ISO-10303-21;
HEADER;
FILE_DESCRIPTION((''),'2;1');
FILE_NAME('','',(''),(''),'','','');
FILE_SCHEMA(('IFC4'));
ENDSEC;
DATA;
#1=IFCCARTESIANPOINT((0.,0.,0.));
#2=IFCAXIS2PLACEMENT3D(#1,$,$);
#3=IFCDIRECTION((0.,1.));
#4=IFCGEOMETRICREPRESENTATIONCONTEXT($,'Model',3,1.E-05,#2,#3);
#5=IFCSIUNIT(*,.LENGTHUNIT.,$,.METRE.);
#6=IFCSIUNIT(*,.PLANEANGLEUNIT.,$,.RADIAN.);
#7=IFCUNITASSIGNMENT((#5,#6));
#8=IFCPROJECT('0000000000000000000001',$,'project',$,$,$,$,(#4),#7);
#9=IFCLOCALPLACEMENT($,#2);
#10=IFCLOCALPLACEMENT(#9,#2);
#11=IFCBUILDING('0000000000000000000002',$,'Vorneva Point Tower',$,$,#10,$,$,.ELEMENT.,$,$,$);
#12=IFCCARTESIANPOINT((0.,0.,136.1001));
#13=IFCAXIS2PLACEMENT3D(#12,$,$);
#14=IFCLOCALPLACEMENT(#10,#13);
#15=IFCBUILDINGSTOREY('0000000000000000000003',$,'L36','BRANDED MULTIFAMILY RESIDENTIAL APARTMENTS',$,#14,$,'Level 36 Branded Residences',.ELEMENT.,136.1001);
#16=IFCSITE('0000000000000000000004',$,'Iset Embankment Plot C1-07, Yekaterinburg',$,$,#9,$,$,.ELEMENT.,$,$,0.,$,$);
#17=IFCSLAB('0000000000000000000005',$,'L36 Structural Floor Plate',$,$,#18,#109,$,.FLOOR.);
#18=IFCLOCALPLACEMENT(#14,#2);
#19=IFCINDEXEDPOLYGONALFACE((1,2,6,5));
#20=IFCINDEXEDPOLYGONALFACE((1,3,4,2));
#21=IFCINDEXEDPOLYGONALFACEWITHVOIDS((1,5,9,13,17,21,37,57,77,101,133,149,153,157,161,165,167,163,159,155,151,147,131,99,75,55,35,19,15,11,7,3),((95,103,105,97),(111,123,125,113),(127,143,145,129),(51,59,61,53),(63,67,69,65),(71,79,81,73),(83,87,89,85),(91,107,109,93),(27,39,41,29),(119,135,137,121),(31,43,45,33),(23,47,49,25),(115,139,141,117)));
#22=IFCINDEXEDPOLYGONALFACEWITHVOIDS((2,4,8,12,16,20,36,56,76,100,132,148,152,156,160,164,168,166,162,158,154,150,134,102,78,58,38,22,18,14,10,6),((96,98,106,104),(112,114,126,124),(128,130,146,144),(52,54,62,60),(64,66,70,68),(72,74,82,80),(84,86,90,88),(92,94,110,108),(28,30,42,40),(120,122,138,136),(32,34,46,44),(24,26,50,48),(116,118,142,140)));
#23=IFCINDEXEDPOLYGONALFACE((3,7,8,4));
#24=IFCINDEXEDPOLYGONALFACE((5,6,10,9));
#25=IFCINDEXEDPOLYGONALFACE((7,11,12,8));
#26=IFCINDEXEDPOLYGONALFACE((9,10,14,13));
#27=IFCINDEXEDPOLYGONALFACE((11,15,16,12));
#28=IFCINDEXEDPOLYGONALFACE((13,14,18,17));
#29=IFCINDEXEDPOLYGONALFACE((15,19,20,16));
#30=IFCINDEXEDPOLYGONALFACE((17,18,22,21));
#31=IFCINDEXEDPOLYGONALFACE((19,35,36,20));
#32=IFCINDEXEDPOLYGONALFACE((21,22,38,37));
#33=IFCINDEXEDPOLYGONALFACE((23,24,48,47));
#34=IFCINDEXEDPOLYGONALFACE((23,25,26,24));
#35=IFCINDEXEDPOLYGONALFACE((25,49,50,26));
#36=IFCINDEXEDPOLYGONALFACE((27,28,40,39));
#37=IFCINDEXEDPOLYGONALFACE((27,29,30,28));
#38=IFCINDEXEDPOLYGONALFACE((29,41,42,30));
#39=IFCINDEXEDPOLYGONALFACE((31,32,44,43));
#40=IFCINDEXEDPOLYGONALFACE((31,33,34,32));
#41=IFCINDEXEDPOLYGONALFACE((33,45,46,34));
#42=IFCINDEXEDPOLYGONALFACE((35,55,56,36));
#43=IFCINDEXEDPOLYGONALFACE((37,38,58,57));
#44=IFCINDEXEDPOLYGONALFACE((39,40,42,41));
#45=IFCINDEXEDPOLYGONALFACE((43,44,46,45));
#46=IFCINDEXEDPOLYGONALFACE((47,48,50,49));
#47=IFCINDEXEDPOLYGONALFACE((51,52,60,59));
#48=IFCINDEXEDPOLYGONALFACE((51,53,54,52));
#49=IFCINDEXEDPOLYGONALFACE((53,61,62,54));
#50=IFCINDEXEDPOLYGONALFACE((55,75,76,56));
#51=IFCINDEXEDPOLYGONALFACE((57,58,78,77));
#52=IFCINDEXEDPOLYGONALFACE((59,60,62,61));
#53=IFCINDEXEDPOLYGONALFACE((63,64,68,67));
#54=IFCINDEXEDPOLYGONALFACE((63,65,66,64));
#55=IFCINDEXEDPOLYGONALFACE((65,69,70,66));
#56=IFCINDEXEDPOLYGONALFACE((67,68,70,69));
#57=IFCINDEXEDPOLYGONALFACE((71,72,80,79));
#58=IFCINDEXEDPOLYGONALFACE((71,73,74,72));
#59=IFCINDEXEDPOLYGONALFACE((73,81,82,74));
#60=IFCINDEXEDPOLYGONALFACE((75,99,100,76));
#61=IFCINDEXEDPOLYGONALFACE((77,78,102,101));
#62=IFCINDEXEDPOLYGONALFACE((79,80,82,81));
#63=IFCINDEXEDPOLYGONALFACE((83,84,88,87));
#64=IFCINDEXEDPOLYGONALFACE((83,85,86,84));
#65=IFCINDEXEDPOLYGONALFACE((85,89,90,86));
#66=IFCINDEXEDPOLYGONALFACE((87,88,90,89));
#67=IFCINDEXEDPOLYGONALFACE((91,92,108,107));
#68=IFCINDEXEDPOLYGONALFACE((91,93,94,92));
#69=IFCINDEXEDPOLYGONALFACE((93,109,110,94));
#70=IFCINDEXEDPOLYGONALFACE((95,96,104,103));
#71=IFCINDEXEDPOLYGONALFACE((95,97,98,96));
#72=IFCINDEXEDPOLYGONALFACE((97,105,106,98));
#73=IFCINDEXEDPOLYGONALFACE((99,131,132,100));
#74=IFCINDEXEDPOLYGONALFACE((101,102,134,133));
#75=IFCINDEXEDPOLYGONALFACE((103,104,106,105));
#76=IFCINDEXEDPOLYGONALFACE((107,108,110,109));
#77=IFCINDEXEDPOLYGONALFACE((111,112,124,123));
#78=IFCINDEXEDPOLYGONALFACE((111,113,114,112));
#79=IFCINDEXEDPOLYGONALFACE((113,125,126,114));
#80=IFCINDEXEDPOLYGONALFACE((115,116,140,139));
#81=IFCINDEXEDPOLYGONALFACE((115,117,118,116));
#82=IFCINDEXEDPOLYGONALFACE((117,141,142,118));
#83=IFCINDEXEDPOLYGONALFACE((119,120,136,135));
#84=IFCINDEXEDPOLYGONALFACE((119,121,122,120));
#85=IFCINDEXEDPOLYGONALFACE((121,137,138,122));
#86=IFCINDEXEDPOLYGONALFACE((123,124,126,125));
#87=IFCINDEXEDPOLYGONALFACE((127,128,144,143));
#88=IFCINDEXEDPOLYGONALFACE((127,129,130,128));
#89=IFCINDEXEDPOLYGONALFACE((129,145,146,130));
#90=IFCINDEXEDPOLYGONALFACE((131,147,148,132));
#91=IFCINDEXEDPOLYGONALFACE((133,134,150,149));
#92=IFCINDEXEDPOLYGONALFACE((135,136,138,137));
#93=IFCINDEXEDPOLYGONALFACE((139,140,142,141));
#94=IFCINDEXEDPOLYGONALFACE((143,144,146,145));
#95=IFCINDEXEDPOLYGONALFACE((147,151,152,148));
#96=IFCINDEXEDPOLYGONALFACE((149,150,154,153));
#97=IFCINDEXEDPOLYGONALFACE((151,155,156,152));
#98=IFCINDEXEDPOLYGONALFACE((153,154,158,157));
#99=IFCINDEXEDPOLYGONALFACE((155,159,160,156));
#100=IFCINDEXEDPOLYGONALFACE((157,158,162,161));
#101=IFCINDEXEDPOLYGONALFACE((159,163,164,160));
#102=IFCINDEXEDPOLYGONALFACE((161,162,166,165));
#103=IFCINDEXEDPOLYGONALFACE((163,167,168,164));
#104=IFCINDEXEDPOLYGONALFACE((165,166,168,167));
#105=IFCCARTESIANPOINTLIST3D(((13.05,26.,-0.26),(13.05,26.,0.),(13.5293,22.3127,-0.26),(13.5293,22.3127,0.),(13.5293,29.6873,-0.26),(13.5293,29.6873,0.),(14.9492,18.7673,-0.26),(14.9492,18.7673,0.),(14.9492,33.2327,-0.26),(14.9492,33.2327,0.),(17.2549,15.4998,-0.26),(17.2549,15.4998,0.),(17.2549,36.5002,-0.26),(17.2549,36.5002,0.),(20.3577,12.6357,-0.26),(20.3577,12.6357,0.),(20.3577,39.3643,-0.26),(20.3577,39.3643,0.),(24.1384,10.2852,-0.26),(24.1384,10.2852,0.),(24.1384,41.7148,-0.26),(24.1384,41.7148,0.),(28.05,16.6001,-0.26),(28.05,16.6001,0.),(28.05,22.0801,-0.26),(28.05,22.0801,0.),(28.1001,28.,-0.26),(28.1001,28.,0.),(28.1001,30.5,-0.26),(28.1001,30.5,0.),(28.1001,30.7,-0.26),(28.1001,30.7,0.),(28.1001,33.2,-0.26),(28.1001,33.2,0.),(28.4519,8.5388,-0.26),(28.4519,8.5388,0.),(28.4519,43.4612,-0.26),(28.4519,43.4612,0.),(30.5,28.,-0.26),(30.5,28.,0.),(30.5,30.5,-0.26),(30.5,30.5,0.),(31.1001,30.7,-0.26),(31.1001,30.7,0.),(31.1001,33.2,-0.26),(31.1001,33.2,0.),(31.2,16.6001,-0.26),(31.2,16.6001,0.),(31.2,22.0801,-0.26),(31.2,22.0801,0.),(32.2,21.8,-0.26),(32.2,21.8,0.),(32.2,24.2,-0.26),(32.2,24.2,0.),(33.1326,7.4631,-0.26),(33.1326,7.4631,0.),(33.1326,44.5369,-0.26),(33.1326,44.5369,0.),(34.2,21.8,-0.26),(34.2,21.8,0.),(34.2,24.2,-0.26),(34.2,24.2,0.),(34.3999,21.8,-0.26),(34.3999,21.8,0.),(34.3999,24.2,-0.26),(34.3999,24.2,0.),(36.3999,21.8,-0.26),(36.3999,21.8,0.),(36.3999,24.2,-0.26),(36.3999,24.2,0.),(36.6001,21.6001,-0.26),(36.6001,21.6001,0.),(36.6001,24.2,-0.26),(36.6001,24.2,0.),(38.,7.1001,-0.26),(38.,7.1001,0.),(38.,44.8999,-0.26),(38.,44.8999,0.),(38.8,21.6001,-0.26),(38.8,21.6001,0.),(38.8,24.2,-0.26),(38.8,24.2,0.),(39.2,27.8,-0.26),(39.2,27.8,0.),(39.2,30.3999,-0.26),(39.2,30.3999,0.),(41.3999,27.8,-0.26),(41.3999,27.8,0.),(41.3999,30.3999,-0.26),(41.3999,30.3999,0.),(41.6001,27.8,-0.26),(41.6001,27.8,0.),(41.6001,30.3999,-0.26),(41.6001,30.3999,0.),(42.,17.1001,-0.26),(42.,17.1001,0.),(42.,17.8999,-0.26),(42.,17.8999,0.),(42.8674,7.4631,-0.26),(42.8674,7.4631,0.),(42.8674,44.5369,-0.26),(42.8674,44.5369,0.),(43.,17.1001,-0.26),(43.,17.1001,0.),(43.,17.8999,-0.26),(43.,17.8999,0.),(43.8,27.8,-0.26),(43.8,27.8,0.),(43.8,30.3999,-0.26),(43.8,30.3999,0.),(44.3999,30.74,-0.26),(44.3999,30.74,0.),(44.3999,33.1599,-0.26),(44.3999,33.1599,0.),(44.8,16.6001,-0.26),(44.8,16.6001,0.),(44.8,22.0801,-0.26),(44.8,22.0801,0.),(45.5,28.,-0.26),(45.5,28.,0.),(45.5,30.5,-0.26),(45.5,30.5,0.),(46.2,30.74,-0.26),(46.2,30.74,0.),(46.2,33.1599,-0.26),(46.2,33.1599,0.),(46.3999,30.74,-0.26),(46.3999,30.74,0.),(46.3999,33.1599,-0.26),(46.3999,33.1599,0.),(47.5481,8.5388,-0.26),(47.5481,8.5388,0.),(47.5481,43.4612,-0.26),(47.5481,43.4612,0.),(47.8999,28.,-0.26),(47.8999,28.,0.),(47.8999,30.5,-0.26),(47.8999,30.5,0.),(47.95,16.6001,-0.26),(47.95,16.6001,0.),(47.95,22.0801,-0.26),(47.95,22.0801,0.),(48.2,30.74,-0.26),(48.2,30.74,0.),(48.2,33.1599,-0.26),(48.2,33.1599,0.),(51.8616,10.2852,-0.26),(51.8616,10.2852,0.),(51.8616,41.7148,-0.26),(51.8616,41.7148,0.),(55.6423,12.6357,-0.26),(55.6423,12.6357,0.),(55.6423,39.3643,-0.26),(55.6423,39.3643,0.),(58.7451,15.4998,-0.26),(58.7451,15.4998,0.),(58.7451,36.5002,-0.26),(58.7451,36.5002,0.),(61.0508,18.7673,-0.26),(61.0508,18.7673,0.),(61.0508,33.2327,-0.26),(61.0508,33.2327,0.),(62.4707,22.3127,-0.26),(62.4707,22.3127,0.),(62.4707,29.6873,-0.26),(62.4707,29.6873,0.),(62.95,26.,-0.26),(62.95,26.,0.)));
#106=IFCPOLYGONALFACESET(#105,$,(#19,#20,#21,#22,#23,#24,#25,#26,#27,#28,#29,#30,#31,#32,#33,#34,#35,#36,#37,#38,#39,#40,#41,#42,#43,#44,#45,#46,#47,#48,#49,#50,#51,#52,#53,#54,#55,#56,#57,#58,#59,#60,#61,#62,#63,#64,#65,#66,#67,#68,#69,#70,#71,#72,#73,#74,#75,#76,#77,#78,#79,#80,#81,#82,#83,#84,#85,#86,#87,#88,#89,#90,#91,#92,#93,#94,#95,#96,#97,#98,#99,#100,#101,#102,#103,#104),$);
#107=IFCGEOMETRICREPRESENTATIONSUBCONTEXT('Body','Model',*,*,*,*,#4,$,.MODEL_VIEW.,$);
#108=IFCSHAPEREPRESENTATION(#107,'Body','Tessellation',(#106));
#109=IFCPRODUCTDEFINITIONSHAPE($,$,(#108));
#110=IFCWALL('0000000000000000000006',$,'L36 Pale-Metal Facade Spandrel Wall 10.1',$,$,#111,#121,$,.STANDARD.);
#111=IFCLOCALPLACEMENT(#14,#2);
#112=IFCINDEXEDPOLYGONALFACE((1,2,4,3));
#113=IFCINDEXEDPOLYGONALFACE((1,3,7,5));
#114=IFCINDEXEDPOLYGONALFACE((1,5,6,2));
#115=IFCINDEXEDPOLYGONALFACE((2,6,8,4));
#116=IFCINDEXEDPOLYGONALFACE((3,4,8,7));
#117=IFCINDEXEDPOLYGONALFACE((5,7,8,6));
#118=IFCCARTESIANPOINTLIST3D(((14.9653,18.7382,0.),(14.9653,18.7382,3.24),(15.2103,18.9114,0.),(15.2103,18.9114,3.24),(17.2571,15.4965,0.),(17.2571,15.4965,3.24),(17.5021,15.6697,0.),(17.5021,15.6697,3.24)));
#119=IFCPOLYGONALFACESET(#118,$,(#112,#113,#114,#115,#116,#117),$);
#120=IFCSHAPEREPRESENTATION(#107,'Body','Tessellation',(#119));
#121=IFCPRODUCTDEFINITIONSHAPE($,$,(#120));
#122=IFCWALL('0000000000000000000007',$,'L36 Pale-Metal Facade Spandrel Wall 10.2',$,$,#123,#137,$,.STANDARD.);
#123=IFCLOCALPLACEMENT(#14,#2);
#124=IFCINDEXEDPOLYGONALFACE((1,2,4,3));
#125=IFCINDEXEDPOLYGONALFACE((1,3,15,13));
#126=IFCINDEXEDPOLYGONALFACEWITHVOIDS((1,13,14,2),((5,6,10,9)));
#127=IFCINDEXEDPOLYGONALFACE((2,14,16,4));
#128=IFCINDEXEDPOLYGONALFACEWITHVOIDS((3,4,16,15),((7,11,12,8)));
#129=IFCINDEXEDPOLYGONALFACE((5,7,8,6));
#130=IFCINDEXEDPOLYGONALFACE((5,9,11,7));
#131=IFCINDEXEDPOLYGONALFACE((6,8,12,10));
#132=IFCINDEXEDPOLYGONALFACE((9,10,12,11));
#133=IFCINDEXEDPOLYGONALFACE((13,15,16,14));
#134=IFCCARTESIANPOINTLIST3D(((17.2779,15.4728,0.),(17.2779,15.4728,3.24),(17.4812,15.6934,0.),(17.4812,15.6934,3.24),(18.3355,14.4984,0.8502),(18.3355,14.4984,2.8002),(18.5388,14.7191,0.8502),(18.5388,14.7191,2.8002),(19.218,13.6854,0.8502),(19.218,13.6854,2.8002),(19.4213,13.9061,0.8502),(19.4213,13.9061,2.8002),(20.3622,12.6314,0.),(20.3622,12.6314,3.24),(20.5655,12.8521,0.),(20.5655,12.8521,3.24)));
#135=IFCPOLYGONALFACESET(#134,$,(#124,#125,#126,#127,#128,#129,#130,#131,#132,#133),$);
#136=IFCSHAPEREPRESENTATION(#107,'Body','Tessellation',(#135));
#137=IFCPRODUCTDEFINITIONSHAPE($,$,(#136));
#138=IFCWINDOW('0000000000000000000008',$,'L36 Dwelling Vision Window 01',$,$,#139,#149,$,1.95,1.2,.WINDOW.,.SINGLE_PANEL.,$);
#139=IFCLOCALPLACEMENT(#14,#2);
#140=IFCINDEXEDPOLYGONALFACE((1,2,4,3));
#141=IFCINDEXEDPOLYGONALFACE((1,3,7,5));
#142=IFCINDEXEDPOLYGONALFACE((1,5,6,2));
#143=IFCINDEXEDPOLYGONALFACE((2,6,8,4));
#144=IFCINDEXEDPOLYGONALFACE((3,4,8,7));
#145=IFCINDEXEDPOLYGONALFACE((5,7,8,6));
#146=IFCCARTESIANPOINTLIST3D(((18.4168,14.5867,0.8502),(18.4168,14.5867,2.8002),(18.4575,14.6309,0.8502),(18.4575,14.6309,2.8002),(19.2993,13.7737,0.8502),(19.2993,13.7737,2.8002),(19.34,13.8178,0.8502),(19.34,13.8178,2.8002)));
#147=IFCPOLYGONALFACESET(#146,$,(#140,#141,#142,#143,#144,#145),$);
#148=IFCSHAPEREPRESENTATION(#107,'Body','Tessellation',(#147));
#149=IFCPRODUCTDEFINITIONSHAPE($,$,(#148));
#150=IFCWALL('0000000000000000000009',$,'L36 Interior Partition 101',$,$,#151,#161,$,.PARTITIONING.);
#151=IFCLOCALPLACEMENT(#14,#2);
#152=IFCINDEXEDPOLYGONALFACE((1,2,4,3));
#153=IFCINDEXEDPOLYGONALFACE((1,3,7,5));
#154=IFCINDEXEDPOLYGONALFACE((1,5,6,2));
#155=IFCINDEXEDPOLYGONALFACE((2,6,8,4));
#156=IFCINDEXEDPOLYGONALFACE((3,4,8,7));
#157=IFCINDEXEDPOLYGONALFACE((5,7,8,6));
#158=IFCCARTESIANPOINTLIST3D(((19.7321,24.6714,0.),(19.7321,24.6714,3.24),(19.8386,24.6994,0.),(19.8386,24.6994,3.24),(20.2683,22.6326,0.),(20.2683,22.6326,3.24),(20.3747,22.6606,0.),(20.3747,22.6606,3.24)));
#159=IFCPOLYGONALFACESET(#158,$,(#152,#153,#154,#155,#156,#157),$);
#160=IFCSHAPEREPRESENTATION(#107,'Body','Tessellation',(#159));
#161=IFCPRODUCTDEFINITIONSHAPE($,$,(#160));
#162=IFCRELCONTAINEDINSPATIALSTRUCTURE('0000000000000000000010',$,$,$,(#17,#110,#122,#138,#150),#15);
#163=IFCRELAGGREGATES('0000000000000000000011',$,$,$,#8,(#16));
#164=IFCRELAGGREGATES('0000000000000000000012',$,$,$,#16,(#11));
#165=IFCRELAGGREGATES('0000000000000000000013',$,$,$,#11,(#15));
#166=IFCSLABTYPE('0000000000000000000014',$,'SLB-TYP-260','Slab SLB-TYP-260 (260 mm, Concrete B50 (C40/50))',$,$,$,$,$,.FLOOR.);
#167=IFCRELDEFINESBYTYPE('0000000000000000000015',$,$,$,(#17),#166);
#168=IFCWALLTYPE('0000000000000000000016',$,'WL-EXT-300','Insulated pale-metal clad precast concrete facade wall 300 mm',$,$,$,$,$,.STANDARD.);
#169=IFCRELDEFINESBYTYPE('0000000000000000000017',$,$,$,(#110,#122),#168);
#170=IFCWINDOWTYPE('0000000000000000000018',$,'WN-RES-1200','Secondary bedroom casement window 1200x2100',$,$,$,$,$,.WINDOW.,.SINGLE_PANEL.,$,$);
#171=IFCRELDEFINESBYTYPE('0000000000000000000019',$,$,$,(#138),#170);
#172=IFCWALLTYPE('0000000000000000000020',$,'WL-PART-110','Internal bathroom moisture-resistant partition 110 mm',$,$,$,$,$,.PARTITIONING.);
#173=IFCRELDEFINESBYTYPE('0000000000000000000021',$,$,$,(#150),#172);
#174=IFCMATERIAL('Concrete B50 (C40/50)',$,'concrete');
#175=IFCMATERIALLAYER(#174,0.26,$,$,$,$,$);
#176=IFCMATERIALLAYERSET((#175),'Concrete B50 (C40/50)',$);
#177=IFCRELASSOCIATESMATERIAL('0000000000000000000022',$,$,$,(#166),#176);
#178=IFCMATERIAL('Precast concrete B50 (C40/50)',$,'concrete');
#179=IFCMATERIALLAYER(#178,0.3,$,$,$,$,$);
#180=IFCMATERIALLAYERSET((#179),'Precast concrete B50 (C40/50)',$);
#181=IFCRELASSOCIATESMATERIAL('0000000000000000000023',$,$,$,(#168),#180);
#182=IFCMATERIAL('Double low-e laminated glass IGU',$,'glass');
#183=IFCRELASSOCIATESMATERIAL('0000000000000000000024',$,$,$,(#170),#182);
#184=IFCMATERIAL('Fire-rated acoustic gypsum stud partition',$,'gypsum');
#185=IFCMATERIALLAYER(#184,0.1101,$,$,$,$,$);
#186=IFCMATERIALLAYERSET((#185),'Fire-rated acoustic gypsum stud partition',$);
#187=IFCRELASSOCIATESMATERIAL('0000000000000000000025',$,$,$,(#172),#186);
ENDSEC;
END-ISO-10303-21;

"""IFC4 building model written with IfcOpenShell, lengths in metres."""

from ifc_helpers import new_model, si_unit, direction, frame, frame_2d, origin, place, context, subcontext, project, spatial, polyline, rectangle, outline, extrude, material, layer, layer_set, type_object, element, fill, save


model = new_model("IFC4")

# Units and contexts
model_context = context("Model", 3, precision=1e-05, world=origin(), true_north=direction((0.0, 1.0)))
body_context = subcontext(model_context, "Body", "Model", "MODEL_VIEW")
ifc_project = project(units=[si_unit("LENGTHUNIT", "METRE"), si_unit("PLANEANGLEUNIT", "RADIAN")], contexts=[model_context])

# Site, building, storey
site_placement = place(None, origin())
site = spatial("IfcSite", under=ifc_project, at=site_placement, Name="Iset Embankment Plot C1-07, Yekaterinburg", CompositionType="ELEMENT", RefElevation=0.0)
building_placement = place(site_placement, origin())
building = spatial("IfcBuilding", under=site, at=building_placement, Name="Vorneva Point Tower", CompositionType="ELEMENT")
storey_placement = place(building_placement, frame((0.0, 0.0, 136.1001)))
storey = spatial("IfcBuildingStorey", under=building, at=storey_placement, Name="L36", Description="BRANDED MULTIFAMILY RESIDENTIAL APARTMENTS", LongName="Level 36 Branded Residences", CompositionType="ELEMENT", Elevation=136.1001)

# Shared definitions
ifc_material_1 = material(Name="Double low-e laminated glass IGU", Category="glass")

# Shared definitions
ifc_material_2 = material(Name="Concrete B50 (C40/50)", Category="concrete")

# Slab
ifc_layer_1 = layer(ifc_material_2, 0.26)
ifc_layer_set_1 = layer_set([ifc_layer_1], Name="Concrete B50 (C40/50)")
slab_type_1 = type_object("IfcSlabType", Name="SLB-TYP-260", Description="Slab SLB-TYP-260 (260 mm, Concrete B50 (C40/50))", PredefinedType="FLOOR", material=ifc_layer_set_1)
slab_1_placement = place(storey_placement, frame((0.0, 0.0, -0.26)))
element("IfcSlab", 1, at=slab_1_placement, inside=storey, type_object=slab_type_1, Name="L36 Structural Floor Plate", PredefinedType="FLOOR", context=body_context, shape_type="SweptSolid", body=[
    extrude(outline(polyline([(62.95, 26.0), (62.4707, 29.6873), (61.0508, 33.2327), (58.7451, 36.5002), (55.6423, 39.3643), (51.8616, 41.7148), (47.5481, 43.4612), (42.8674, 44.5369), (38.0, 44.8999), (33.1326, 44.5369), (28.4519, 43.4612), (24.1384, 41.7148), (20.3577, 39.3643), (17.2549, 36.5002), (14.9492, 33.2327), (13.5293, 29.6873), (13.05, 26.0), (13.5293, 22.3127), (14.9492, 18.7673), (17.2549, 15.4998), (20.3577, 12.6357), (24.1384, 10.2852), (28.4519, 8.5388), (33.1326, 7.4631), (38.0, 7.1001), (42.8674, 7.4631), (47.5481, 8.5388), (51.8616, 10.2852), (55.6423, 12.6357), (58.7451, 15.4998), (61.0508, 18.7673), (62.4707, 22.3127), (62.95, 26.0)]), holes=[polyline([(32.2, 21.8), (34.2, 21.8), (34.2, 24.2), (32.2, 24.2), (32.2, 21.8)]), polyline([(34.3999, 21.8), (36.3999, 21.8), (36.3999, 24.2), (34.3999, 24.2), (34.3999, 21.8)]), polyline([(36.6001, 21.6001), (38.8, 21.6001), (38.8, 24.2), (36.6001, 24.2), (36.6001, 21.6001)]), polyline([(39.2, 27.8), (41.3999, 27.8), (41.3999, 30.3999), (39.2, 30.3999), (39.2, 27.8)]), polyline([(41.6001, 27.8), (43.8, 27.8), (43.8, 30.3999), (41.6001, 30.3999), (41.6001, 27.8)]), polyline([(44.3999, 30.74), (46.2, 30.74), (46.2, 33.1599), (44.3999, 33.1599), (44.3999, 30.74)]), polyline([(46.3999, 30.74), (48.2, 30.74), (48.2, 33.1599), (46.3999, 33.1599), (46.3999, 30.74)]), polyline([(28.1001, 28.0), (30.5, 28.0), (30.5, 30.5), (28.1001, 30.5), (28.1001, 28.0)]), polyline([(45.5, 28.0), (47.8999, 28.0), (47.8999, 30.5), (45.5, 30.5), (45.5, 28.0)]), polyline([(28.1001, 30.7), (31.1001, 30.7), (31.1001, 33.2), (28.1001, 33.2), (28.1001, 30.7)]), polyline([(28.05, 16.6001), (31.2, 16.6001), (31.2, 22.0801), (28.05, 22.0801), (28.05, 16.6001)]), polyline([(44.8, 16.6001), (47.95, 16.6001), (47.95, 22.0801), (44.8, 22.0801), (44.8, 16.6001)]), polyline([(42.0, 17.1001), (43.0, 17.1001), (43.0, 17.8999), (42.0, 17.8999), (42.0, 17.1001)])]), origin(), (0.0, 0.0, 1.0), 0.26),
])

# Wall
ifc_material_3 = material(Name="Precast concrete B50 (C40/50)", Category="concrete")
ifc_layer_2 = layer(ifc_material_3, 0.3)
ifc_layer_set_2 = layer_set([ifc_layer_2], Name="Precast concrete B50 (C40/50)")
wall_type_1 = type_object("IfcWallType", Name="WL-EXT-300", Description="Insulated pale-metal clad precast concrete facade wall 300 mm", PredefinedType="STANDARD", material=ifc_layer_set_2)
wall_1_placement = place(storey_placement, frame((15.0879, 18.8247, 0.0), z_axis=(0.0, 0.0, 1.0), x_axis=(0.57727, -0.816554, 0.0)))
element("IfcWall", 2, at=wall_1_placement, inside=storey, type_object=wall_type_1, Name="L36 Pale-Metal Facade Spandrel Wall 10.1", PredefinedType="STANDARD", context=body_context, shape_type="SweptSolid", body=[
    extrude(rectangle(XDim=3.97, YDim=0.3, at=frame_2d((1.9849, 0.0))), origin(), (0.0, 0.0, 1.0), 3.24),
])

# Wall, opening, window
wall_2_placement = place(storey_placement, frame((17.3796, 15.583, 0.0), z_axis=(0.0, 0.0, 1.0), x_axis=(0.735477, -0.67755, 0.0)))
wall_2 = element("IfcWall", 3, at=wall_2_placement, inside=storey, type_object=wall_type_1, Name="L36 Pale-Metal Facade Spandrel Wall 10.2", PredefinedType="STANDARD", context=body_context, shape_type="SweptSolid", body=[
    extrude(rectangle(XDim=4.1936, YDim=0.3, at=frame_2d((2.0967, 0.0))), origin(), (0.0, 0.0, 1.0), 3.24),
])
opening_1_placement = place(wall_2_placement, frame((1.4377, 0.0, 0.8501)))
opening_1 = element("IfcOpeningElement", 4, at=opening_1_placement, cuts=wall_2, PredefinedType="OPENING", context=body_context, shape_type="SweptSolid", body=[
    extrude(rectangle(XDim=1.2, YDim=1.95, at=frame_2d((0.6001, 0.9751))), frame((0.0, 0.165, 0.0), z_axis=(0.0, -1.0, 0.0), x_axis=(1.0, 0.0, 0.0)), (0.0, 0.0, 1.0), 0.3298),
])
window_type = type_object("IfcWindowType", Name="WN-RES-1200", Description="Secondary bedroom casement window 1200x2100", PartitioningType="SINGLE_PANEL", PredefinedType="WINDOW", material=ifc_material_1)
window_placement = place(opening_1_placement, origin())
window = element("IfcWindow", 5, at=window_placement, inside=storey, type_object=window_type, Name="L36 Dwelling Vision Window 01", OverallHeight=1.95, OverallWidth=1.2, PartitioningType="SINGLE_PANEL", PredefinedType="WINDOW", context=body_context, shape_type="SweptSolid", body=[
    extrude(rectangle(XDim=1.2, YDim=1.95, at=frame_2d((0.6001, 0.9751))), frame((0.0, 0.03, 0.0), z_axis=(0.0, -1.0, 0.0), x_axis=(1.0, 0.0, 0.0)), (0.0, 0.0, 1.0), 0.0601),
])
fill(opening_1, window)

# Wall
ifc_material_4 = material(Name="Fire-rated acoustic gypsum stud partition", Category="gypsum")
ifc_layer_3 = layer(ifc_material_4, 0.1101)
ifc_layer_set_3 = layer_set([ifc_layer_3], Name="Fire-rated acoustic gypsum stud partition")
wall_type_2 = type_object("IfcWallType", Name="WL-PART-110", Description="Internal bathroom moisture-resistant partition 110 mm", PredefinedType="PARTITIONING", material=ifc_layer_set_3)
wall_3_placement = place(storey_placement, frame((20.3215, 22.6465, 0.0), z_axis=(0.0, 0.0, 1.0), x_axis=(-0.254317, 0.967121, 0.0)))
element("IfcWall", 6, at=wall_3_placement, inside=storey, type_object=wall_type_2, Name="L36 Interior Partition 101", PredefinedType="PARTITIONING", context=body_context, shape_type="SweptSolid", body=[
    extrude(rectangle(XDim=2.1082, YDim=0.1101, at=frame_2d((1.0542, 0.0))), origin(), (0.0, 0.0, 1.0), 3.24),
])

save(model, "model.ifc")
